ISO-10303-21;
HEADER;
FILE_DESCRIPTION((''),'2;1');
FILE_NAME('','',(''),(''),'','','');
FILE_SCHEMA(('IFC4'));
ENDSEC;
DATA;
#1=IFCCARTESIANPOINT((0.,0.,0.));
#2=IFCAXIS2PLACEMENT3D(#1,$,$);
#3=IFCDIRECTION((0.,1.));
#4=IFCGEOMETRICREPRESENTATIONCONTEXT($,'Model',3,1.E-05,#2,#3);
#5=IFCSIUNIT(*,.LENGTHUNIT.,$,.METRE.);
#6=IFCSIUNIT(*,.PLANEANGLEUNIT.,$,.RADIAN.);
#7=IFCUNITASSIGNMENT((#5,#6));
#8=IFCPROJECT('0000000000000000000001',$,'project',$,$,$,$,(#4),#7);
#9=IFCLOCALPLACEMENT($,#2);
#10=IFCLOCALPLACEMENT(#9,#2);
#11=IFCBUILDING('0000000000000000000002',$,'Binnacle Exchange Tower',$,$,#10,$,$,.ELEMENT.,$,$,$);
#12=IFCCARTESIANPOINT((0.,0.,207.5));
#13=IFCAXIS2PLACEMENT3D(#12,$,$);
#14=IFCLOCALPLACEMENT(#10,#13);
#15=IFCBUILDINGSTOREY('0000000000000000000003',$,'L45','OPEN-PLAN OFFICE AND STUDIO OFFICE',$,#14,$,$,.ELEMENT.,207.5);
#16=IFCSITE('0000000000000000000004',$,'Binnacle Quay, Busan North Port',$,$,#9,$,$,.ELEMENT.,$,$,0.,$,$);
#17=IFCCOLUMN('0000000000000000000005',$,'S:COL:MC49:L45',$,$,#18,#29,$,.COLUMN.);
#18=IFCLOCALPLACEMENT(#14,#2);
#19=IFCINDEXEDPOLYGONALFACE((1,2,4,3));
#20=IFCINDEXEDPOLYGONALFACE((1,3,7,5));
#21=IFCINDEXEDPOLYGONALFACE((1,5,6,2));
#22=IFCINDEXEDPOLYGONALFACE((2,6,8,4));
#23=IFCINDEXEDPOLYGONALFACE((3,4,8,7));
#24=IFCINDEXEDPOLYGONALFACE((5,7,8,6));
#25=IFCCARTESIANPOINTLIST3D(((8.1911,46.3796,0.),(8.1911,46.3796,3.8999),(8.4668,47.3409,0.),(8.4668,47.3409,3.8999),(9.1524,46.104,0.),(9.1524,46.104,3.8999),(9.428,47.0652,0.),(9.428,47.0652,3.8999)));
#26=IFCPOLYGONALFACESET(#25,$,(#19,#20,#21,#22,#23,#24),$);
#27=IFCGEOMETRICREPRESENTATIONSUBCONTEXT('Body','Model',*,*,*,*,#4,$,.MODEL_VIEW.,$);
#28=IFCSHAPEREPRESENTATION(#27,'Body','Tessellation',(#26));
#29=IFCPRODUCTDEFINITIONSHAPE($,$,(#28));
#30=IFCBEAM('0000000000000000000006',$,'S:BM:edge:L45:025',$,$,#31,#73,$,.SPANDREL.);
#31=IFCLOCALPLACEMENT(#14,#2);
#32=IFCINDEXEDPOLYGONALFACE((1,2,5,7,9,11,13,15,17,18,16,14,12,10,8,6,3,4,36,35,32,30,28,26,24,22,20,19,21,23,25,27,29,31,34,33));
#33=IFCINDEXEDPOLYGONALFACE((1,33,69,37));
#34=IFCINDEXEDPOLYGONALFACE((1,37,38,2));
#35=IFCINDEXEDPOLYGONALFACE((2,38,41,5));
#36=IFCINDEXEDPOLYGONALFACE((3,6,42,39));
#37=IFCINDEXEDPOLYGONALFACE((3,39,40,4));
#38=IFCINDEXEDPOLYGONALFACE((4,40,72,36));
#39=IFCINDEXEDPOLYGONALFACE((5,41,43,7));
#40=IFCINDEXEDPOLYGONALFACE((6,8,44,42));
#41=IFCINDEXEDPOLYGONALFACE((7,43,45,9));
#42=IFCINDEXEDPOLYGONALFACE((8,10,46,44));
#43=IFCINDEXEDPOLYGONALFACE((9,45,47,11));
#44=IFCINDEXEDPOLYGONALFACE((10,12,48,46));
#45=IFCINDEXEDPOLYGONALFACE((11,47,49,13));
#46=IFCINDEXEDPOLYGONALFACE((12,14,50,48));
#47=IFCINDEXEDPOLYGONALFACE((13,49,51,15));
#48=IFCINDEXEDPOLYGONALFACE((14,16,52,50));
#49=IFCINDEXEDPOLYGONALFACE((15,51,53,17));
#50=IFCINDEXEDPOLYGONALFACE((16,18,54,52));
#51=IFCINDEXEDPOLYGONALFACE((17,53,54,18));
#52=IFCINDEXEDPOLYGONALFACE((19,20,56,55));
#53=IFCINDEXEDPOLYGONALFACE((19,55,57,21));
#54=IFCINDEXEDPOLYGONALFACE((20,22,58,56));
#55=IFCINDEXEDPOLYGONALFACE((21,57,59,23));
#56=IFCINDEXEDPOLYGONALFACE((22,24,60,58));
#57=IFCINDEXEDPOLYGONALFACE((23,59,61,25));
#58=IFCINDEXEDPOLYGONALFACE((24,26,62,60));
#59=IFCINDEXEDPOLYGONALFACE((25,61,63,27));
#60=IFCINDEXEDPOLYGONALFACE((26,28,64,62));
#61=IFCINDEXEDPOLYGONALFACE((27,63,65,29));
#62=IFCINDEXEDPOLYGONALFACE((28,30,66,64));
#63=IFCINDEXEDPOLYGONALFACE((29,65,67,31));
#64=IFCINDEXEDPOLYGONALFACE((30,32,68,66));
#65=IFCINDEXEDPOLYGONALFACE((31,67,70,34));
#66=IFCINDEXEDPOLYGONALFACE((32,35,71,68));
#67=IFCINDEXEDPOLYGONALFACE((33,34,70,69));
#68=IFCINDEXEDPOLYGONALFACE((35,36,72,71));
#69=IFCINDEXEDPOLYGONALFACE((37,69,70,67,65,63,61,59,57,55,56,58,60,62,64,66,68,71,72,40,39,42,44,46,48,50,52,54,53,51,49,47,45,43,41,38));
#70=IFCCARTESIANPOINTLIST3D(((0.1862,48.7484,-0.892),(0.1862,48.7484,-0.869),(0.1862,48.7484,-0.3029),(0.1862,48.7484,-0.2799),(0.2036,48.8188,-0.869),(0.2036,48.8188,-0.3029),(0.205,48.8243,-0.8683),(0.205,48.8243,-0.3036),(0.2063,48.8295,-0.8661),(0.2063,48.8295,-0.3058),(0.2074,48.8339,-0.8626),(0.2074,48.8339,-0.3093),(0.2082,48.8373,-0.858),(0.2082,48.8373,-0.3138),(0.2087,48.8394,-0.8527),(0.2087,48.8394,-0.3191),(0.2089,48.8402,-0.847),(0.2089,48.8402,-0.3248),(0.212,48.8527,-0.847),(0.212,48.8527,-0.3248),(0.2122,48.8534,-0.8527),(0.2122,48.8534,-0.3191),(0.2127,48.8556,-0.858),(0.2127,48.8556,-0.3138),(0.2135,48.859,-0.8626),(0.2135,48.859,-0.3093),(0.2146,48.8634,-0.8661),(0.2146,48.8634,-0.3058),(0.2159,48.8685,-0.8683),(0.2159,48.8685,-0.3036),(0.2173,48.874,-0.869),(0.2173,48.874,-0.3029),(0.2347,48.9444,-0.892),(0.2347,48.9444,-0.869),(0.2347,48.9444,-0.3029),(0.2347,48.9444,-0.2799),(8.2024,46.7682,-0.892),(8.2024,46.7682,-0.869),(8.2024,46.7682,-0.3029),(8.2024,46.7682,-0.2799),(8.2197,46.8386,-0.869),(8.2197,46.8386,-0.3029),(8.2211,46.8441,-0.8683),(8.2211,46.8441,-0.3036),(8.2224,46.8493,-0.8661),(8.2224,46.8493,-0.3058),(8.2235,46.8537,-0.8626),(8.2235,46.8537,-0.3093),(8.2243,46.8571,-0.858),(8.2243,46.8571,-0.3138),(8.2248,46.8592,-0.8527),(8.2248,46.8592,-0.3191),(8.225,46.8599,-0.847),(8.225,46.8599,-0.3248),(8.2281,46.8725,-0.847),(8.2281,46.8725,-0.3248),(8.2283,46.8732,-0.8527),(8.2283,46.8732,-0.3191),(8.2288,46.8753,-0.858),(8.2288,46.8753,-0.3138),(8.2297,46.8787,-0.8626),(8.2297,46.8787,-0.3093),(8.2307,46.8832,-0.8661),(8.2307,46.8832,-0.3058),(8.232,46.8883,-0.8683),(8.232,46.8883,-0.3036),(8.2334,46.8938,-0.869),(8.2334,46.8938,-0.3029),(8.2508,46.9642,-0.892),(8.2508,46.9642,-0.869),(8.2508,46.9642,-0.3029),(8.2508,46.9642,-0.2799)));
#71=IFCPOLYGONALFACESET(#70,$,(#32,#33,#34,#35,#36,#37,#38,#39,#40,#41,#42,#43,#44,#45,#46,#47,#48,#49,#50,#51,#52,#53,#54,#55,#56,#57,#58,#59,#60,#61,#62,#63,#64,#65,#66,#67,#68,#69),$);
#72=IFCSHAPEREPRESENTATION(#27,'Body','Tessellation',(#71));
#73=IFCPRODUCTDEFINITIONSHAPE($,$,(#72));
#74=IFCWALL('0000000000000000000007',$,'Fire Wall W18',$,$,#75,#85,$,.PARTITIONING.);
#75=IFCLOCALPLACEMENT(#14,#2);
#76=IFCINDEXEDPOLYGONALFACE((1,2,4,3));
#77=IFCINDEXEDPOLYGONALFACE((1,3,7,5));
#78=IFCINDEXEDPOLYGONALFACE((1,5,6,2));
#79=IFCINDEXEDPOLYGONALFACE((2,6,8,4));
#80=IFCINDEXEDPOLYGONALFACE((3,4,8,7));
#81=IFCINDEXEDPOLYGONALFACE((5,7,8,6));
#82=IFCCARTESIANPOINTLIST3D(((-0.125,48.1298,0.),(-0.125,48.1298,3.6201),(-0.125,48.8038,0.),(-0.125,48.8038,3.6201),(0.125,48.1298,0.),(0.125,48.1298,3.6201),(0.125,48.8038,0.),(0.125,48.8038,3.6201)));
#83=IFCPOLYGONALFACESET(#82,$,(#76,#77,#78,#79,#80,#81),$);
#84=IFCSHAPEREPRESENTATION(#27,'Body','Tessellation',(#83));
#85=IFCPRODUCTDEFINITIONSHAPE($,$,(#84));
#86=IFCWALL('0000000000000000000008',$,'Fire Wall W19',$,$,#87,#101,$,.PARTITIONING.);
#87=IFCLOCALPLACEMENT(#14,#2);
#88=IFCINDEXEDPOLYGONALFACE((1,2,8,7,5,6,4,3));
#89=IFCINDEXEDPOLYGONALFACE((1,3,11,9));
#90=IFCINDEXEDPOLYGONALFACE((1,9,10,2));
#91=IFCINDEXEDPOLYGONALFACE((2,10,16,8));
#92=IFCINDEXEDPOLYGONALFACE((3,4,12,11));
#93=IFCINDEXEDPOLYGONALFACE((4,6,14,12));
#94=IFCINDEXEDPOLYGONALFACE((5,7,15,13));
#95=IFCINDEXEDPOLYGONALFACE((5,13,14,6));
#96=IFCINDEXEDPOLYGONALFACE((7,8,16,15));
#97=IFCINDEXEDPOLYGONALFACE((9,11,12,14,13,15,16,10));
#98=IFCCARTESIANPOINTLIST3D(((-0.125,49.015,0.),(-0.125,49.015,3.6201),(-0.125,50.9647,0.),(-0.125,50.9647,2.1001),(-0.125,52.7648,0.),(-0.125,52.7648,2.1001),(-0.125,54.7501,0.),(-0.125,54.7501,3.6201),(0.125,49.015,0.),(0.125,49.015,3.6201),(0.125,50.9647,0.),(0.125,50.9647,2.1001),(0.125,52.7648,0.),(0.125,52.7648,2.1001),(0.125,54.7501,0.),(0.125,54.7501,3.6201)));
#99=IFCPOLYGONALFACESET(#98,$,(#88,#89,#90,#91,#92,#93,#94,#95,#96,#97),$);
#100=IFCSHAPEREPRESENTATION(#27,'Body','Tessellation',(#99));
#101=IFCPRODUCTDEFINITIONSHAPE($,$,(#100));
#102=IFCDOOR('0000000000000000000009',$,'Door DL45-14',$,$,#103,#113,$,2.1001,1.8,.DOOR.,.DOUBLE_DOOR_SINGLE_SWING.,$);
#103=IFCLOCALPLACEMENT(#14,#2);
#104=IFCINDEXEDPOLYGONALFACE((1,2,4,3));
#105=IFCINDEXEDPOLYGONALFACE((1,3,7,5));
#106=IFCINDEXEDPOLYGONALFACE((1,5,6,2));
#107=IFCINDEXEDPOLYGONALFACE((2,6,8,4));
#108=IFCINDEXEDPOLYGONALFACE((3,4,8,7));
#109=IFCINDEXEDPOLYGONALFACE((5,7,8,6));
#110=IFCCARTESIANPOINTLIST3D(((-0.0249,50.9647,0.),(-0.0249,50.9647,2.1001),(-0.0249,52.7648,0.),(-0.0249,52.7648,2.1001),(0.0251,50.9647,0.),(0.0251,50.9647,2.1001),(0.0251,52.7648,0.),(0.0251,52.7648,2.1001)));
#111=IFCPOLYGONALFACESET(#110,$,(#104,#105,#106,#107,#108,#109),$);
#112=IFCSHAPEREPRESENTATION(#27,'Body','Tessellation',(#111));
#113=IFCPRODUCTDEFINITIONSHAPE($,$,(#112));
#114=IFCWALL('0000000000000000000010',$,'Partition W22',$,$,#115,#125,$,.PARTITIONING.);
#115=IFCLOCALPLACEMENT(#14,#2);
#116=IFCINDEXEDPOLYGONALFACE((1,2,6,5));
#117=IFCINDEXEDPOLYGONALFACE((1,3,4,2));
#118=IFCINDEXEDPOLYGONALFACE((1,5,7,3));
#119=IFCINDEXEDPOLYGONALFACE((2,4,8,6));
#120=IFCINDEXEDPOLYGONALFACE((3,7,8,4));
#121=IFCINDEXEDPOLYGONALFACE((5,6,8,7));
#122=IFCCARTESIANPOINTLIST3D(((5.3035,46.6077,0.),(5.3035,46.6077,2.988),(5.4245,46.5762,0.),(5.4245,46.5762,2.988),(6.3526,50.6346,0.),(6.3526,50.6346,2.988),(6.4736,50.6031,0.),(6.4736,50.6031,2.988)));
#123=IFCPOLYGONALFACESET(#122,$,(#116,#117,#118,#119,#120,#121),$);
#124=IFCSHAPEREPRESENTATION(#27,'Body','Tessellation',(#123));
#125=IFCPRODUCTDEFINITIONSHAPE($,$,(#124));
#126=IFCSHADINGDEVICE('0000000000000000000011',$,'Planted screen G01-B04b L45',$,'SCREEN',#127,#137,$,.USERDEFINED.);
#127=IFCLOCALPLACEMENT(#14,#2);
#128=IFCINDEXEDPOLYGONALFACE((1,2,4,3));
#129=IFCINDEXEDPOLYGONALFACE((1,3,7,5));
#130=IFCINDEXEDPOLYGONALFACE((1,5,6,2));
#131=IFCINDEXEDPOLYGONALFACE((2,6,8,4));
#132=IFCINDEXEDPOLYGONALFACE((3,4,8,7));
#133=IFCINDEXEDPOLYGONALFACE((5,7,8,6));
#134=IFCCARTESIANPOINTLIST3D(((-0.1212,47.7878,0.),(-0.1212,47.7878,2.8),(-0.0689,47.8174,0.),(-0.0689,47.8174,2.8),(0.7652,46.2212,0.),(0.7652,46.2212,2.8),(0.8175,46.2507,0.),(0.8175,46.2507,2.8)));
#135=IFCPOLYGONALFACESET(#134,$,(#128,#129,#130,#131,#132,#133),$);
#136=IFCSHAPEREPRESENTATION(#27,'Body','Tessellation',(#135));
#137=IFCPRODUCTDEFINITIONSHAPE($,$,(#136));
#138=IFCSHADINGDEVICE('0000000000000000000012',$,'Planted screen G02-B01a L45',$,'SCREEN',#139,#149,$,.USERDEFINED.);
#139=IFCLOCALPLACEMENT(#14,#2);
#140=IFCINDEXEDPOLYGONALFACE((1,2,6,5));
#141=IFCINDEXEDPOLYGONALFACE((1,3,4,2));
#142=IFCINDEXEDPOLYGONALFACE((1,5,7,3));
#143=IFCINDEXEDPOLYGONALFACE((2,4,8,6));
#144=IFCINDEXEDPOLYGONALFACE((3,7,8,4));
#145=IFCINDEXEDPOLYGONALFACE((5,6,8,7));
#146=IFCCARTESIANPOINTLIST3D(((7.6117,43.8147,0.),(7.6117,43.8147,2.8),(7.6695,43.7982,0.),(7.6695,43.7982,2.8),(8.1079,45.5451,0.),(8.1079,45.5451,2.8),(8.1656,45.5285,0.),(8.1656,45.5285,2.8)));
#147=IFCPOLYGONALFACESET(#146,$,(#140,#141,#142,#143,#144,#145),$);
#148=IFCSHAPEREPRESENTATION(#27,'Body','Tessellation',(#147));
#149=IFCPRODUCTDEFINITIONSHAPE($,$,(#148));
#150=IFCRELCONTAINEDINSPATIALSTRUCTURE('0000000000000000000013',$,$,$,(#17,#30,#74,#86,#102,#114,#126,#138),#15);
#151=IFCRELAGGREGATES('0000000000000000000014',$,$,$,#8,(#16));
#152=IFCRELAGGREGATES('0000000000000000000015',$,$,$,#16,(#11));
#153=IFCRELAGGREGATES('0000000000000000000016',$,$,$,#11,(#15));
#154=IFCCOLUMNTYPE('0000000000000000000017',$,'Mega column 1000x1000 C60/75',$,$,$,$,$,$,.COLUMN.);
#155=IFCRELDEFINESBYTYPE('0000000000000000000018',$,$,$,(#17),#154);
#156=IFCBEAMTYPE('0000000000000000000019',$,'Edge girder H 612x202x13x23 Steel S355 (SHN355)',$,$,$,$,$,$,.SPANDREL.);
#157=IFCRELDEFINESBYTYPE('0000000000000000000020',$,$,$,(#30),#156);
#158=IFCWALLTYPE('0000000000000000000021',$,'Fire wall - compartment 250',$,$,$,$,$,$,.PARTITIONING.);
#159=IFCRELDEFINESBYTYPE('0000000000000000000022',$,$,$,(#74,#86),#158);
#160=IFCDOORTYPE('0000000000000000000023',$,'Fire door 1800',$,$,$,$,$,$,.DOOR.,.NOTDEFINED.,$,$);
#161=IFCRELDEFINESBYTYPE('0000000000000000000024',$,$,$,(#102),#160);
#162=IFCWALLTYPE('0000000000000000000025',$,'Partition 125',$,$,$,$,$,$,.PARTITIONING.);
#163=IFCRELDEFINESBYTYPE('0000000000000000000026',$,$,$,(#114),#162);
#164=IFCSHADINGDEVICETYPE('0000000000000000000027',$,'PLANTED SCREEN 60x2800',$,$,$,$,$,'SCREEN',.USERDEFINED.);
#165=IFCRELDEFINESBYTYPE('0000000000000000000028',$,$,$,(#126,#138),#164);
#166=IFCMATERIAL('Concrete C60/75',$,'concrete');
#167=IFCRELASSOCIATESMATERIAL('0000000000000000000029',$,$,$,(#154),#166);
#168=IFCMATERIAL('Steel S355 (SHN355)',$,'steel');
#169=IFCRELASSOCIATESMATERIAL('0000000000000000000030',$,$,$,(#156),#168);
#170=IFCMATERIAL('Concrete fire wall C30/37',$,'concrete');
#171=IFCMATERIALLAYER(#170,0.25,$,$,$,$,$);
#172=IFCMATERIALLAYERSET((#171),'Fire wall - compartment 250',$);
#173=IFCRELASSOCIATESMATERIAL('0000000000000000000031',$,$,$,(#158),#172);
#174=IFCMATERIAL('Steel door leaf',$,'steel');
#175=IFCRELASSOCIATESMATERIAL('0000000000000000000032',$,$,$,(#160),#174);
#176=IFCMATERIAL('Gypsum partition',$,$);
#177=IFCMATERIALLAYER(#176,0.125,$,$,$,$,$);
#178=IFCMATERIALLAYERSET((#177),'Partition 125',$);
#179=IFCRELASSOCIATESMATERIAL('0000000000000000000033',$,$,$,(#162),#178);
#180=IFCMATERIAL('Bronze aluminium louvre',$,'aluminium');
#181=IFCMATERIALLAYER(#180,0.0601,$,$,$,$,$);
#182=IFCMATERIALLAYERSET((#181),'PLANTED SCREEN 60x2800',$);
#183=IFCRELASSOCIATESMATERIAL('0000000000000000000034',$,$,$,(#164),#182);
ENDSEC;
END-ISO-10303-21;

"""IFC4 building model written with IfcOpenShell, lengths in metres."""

from ifc_helpers import new_model, si_unit, direction, frame, frame_2d, origin, origin_2d, place, context, subcontext, project, spatial, rectangle, i_section, extrude, material, layer, layer_set, material_profile, profile_set, type_object, element, fill, save


model = new_model("IFC4")

# Units and contexts
model_context = context("Model", 3, precision=1e-05, world=origin(), true_north=direction((0.0, 1.0)))
body_context = subcontext(model_context, "Body", "Model", "MODEL_VIEW")
ifc_project = project(units=[si_unit("LENGTHUNIT", "METRE"), si_unit("PLANEANGLEUNIT", "RADIAN")], contexts=[model_context])

# Site, building, storey
site_placement = place(None, origin())
site = spatial("IfcSite", under=ifc_project, at=site_placement, Name="Binnacle Quay, Busan North Port", CompositionType="ELEMENT", RefElevation=0.0)
building_placement = place(site_placement, origin())
building = spatial("IfcBuilding", under=site, at=building_placement, Name="Binnacle Exchange Tower", CompositionType="ELEMENT")
storey_placement = place(building_placement, frame((0.0, 0.0, 207.5)))
storey = spatial("IfcBuildingStorey", under=building, at=storey_placement, Name="L45", Description="OPEN-PLAN OFFICE AND STUDIO OFFICE", CompositionType="ELEMENT", Elevation=207.5)

# Column
ifc_material_1 = material(Name="Concrete C60/75", Category="concrete")
ifc_material_profile_1 = material_profile(ifc_material_1, rectangle(XDim=1.0, YDim=1.0, at=origin_2d()), Name="Mega column 1000x1000 C60/75")
ifc_profile_set_1 = profile_set([ifc_material_profile_1], Name="Concrete C60/75")
column_type = type_object("IfcColumnType", Name="Mega column 1000x1000 C60/75", PredefinedType="COLUMN", material=ifc_profile_set_1)
column_placement = place(storey_placement, frame((8.8096, 46.7224, 0.0), z_axis=(0.0, 0.0, 1.0), x_axis=(0.961262, -0.275637, 0.0)))
element("IfcColumn", 1, at=column_placement, inside=storey, type_object=column_type, Name="S:COL:MC49:L45", PredefinedType="COLUMN", context=body_context, shape_type="SweptSolid", body=[
    extrude(rectangle(XDim=1.0, YDim=1.0, at=origin_2d()), origin(), (0.0, 0.0, 1.0), 3.8999),
])

# Beam
ifc_material_2 = material(Name="Steel S355 (SHN355)", Category="steel")
ifc_material_profile_2 = material_profile(ifc_material_2, i_section(OverallWidth=0.2019, OverallDepth=0.6121, WebThickness=0.0129, FlangeThickness=0.0229, FilletRadius=0.022, at=origin_2d()), Name="H 612x202x13x23")
ifc_profile_set_2 = profile_set([ifc_material_profile_2], Name="Steel S355 (SHN355)")
beam_type = type_object("IfcBeamType", Name="Edge girder H 612x202x13x23 Steel S355 (SHN355)", PredefinedType="SPANDREL", material=ifc_profile_set_2)
beam_placement = place(storey_placement, frame((0.2104, 48.8464, -0.5859), z_axis=(0.970817, -0.239821, 0.0), x_axis=(0.239821, 0.970817, 0.0)))
element("IfcBeam", 2, at=beam_placement, inside=storey, type_object=beam_type, Name="S:BM:edge:L45:025", PredefinedType="SPANDREL", context=body_context, shape_type="SweptSolid", body=[
    extrude(i_section(OverallWidth=0.2019, OverallDepth=0.6121, WebThickness=0.0129, FlangeThickness=0.0229, FilletRadius=0.022, at=origin_2d()), origin(), (0.0, 0.0, 1.0), 8.2571),
])

# Wall
ifc_material_3 = material(Name="Concrete fire wall C30/37", Category="concrete")
ifc_layer_1 = layer(ifc_material_3, 0.25)
ifc_layer_set_1 = layer_set([ifc_layer_1], Name="Fire wall - compartment 250")
wall_type_1 = type_object("IfcWallType", Name="Fire wall - compartment 250", PredefinedType="PARTITIONING", material=ifc_layer_set_1)
wall_1_placement = place(storey_placement, frame((0.0, 48.1299, 0.0), z_axis=(0.0, 0.0, 1.0), x_axis=(0.0, 1.0, 0.0)))
element("IfcWall", 3, at=wall_1_placement, inside=storey, type_object=wall_type_1, Name="Fire Wall W18", PredefinedType="PARTITIONING", context=body_context, shape_type="SweptSolid", body=[
    extrude(rectangle(XDim=0.6741, YDim=0.25, at=frame_2d((0.3369, 0.0))), origin(), (0.0, 0.0, 1.0), 3.6201),
])

# Wall, opening, door
wall_2_placement = place(storey_placement, frame((0.0, 49.0149, 0.0), z_axis=(0.0, 0.0, 1.0), x_axis=(0.0, 1.0, 0.0)))
wall_2 = element("IfcWall", 4, at=wall_2_placement, inside=storey, type_object=wall_type_1, Name="Fire Wall W19", PredefinedType="PARTITIONING", context=body_context, shape_type="SweptSolid", body=[
    extrude(rectangle(XDim=5.7351, YDim=0.25, at=frame_2d((2.8677, 0.0))), origin(), (0.0, 0.0, 1.0), 3.6201),
])
opening_1_placement = place(wall_2_placement, frame((1.95, 0.0, 0.0)))
opening_1 = element("IfcOpeningElement", 5, at=opening_1_placement, cuts=wall_2, PredefinedType="OPENING", context=body_context, shape_type="SweptSolid", body=[
    extrude(rectangle(XDim=1.8, YDim=2.1001, at=frame_2d((0.8999, 1.05))), frame((0.0, 0.135, 0.0), z_axis=(0.0, -1.0, 0.0), x_axis=(1.0, 0.0, 0.0)), (0.0, 0.0, 1.0), 0.27),
])
ifc_material_4 = material(Name="Steel door leaf", Category="steel")
door_type_1 = type_object("IfcDoorType", Name="Fire door 1800", OperationType="NOTDEFINED", PredefinedType="DOOR", material=ifc_material_4)
door_1_placement = place(opening_1_placement, origin())
door_1 = element("IfcDoor", 6, at=door_1_placement, inside=storey, type_object=door_type_1, Name="Door DL45-14", OperationType="DOUBLE_DOOR_SINGLE_SWING", OverallHeight=2.1001, OverallWidth=1.8, PredefinedType="DOOR", context=body_context, shape_type="SweptSolid", body=[
    extrude(rectangle(XDim=1.8, YDim=2.1001, at=frame_2d((0.8999, 1.05))), frame((0.0, 0.0249, 0.0), z_axis=(0.0, -1.0, 0.0), x_axis=(1.0, 0.0, 0.0)), (0.0, 0.0, 1.0), 0.05),
])
fill(opening_1, door_1)

# Wall
ifc_material_5 = material(Name="Gypsum partition")
ifc_layer_2 = layer(ifc_material_5, 0.125)
ifc_layer_set_2 = layer_set([ifc_layer_2], Name="Partition 125")
wall_type_2 = type_object("IfcWallType", Name="Partition 125", PredefinedType="PARTITIONING", material=ifc_layer_set_2)
wall_3_placement = place(storey_placement, frame((5.364, 46.592, 0.0), z_axis=(0.0, 0.0, 1.0), x_axis=(0.252104, 0.9677, 0.0)))
element("IfcWall", 7, at=wall_3_placement, inside=storey, type_object=wall_type_2, Name="Partition W22", PredefinedType="PARTITIONING", context=body_context, shape_type="SweptSolid", body=[
    extrude(rectangle(XDim=4.1614, YDim=0.125, at=frame_2d((2.0806, 0.0))), origin(), (0.0, 0.0, 1.0), 2.988),
])

# Shading devices
ifc_material_6 = material(Name="Bronze aluminium louvre", Category="aluminium")
ifc_layer_3 = layer(ifc_material_6, 0.0601)
ifc_layer_set_3 = layer_set([ifc_layer_3], Name="PLANTED SCREEN 60x2800")
shading_device_type = type_object("IfcShadingDeviceType", Name="PLANTED SCREEN 60x2800", ElementType="SCREEN", PredefinedType="USERDEFINED", material=ifc_layer_set_3)
for number, where, z_axis, x_axis, name in (
    (8, (0.3481, 47.0193, 0.0), (0.0, 0.0, 1.0), (0.870356, 0.492424, 0.0), "Planted screen G01-B04b L45"),
    (9, (7.8887, 44.6716, 0.0), (0.0, 0.0, 1.0), (0.961262, -0.275637, 0.0), "Planted screen G02-B01a L45"),
):
    element("IfcShadingDevice", number, at=place(storey_placement, frame(where, z_axis=z_axis, x_axis=x_axis)), inside=storey, type_object=shading_device_type, Name=name, ObjectType="SCREEN", PredefinedType="USERDEFINED", context=body_context, shape_type="SweptSolid", body=[
        extrude(rectangle(XDim=0.0601, YDim=1.8, at=origin_2d()), origin(), (0.0, 0.0, 1.0), 2.8),
    ])

save(model, "model.ifc")
